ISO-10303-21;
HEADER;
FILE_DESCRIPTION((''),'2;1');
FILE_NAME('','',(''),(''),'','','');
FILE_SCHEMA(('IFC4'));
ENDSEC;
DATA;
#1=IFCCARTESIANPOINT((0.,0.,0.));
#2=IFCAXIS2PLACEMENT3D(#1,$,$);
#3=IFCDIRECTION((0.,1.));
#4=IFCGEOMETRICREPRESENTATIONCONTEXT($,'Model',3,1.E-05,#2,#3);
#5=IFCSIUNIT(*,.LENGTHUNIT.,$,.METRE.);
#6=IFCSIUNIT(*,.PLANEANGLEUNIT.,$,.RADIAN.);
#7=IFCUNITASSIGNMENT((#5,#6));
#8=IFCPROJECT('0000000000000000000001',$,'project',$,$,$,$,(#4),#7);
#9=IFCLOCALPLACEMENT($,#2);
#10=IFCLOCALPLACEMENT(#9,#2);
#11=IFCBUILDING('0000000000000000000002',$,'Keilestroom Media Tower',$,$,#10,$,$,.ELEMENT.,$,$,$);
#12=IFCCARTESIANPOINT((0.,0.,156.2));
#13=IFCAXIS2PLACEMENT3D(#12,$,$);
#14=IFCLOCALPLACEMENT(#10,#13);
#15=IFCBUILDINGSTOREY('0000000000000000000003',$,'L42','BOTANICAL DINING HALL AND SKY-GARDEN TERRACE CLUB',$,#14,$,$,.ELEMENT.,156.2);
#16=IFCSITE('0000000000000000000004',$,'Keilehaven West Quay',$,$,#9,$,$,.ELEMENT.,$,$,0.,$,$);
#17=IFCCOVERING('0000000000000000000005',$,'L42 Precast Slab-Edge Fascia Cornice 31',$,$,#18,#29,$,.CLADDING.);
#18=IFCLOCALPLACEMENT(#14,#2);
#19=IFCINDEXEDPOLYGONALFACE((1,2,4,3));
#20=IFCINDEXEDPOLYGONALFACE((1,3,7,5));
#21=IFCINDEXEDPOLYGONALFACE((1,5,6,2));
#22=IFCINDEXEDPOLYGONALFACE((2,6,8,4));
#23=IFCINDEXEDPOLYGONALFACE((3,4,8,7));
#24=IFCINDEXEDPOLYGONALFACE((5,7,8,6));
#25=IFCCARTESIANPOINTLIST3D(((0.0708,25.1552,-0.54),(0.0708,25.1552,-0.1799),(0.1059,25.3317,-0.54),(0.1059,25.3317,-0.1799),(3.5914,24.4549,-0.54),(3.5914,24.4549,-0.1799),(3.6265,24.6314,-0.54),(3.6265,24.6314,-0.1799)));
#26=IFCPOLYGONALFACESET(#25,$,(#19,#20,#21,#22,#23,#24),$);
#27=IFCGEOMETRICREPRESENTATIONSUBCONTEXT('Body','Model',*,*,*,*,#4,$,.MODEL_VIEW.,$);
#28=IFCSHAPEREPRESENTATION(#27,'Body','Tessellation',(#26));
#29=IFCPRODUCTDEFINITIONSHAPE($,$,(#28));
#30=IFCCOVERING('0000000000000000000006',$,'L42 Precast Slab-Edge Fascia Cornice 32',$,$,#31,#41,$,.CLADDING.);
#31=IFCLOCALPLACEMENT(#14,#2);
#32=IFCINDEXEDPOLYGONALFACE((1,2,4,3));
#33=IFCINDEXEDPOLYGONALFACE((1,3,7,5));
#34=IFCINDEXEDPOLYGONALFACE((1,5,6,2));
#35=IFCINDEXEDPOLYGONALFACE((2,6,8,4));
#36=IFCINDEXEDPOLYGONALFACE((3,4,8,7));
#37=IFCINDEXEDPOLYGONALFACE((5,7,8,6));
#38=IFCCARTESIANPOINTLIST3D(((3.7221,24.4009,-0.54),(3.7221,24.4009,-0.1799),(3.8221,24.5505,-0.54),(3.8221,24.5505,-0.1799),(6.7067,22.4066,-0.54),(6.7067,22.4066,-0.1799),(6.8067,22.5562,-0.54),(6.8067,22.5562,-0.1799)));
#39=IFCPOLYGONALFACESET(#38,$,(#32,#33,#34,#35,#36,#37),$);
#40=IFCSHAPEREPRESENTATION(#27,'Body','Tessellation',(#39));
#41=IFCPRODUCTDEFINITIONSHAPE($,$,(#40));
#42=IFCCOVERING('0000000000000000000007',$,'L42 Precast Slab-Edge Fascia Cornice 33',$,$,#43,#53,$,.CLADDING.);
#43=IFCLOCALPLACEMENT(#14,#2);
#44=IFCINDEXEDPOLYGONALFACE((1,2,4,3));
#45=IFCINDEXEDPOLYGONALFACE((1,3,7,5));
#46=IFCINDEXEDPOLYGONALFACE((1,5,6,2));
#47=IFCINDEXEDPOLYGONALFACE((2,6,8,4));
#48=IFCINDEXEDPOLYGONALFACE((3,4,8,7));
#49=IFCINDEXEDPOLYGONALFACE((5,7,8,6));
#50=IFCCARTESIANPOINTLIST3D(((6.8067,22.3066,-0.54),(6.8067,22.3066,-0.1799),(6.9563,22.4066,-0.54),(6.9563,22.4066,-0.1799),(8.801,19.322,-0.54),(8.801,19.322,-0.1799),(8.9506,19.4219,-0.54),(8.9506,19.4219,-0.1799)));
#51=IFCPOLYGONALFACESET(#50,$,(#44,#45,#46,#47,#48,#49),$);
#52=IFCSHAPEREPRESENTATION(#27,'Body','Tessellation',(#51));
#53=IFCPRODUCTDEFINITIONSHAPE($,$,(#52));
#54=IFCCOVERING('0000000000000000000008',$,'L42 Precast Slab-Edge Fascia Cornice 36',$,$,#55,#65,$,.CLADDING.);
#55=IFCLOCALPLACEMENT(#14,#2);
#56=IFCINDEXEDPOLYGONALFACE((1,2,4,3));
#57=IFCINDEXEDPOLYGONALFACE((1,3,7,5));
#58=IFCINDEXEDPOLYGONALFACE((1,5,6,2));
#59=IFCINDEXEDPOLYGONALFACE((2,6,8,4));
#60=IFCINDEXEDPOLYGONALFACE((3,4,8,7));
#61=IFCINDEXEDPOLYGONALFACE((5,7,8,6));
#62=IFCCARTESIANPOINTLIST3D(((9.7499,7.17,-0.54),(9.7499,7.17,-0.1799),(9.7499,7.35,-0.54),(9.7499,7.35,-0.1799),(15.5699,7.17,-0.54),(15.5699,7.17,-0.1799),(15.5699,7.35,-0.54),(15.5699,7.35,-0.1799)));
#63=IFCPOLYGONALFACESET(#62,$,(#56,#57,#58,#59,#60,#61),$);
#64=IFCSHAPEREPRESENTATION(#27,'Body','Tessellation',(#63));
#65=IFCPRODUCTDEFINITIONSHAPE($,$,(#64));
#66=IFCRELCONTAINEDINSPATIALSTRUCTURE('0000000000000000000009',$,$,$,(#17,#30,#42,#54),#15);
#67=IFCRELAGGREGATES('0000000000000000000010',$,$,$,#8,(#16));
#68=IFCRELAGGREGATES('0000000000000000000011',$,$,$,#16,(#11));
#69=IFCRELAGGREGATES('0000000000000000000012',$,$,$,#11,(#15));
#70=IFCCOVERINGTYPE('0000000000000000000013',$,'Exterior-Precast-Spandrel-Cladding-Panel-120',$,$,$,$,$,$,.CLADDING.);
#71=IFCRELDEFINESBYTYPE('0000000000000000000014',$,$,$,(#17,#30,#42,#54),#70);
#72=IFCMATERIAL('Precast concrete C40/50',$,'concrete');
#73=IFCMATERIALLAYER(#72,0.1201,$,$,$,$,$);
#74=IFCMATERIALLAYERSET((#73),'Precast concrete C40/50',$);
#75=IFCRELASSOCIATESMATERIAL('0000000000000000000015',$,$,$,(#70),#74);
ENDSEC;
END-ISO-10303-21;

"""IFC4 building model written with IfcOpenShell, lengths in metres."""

from ifc_helpers import new_model, si_unit, direction, frame, origin, origin_2d, place, context, subcontext, project, spatial, rectangle, extrude, source, transform, mapped, material, layer, layer_set, type_object, element, save


model = new_model("IFC4")

# Units and contexts
model_context = context("Model", 3, precision=1e-05, world=origin(), true_north=direction((0.0, 1.0)))
body_context = subcontext(model_context, "Body", "Model", "MODEL_VIEW")
ifc_project = project(units=[si_unit("LENGTHUNIT", "METRE"), si_unit("PLANEANGLEUNIT", "RADIAN")], contexts=[model_context])

# Site, building, storey
site_placement = place(None, origin())
site = spatial("IfcSite", under=ifc_project, at=site_placement, Name="Keilehaven West Quay", CompositionType="ELEMENT", RefElevation=0.0)
building_placement = place(site_placement, origin())
building = spatial("IfcBuilding", under=site, at=building_placement, Name="Keilestroom Media Tower", CompositionType="ELEMENT")
storey_placement = place(building_placement, frame((0.0, 0.0, 156.2)))
storey = spatial("IfcBuildingStorey", under=building, at=storey_placement, Name="L42", Description="BOTANICAL DINING HALL AND SKY-GARDEN TERRACE CLUB", CompositionType="ELEMENT", Elevation=156.2)

# Shared definitions
ifc_material_1 = material(Name="Precast concrete C40/50", Category="concrete")

# Coverings
ifc_layer_1 = layer(ifc_material_1, 0.1201)
ifc_layer_set_1 = layer_set([ifc_layer_1], Name="Precast concrete C40/50")
covering_type = type_object("IfcCoveringType", Name="Exterior-Precast-Spandrel-Cladding-Panel-120", PredefinedType="CLADDING", material=ifc_layer_set_1)
shared_shape_1 = source(origin(), body_context, "Body", "SweptSolid", [
    extrude(rectangle(XDim=3.5896, YDim=0.1799, at=origin_2d()), origin(), (0.0, 0.0, 1.0), 0.3601),
])
for number, where, z_axis, x_axis, name in (
    (1, (1.8486, 24.8933, -0.54), (0.0, 0.0, 1.0), (0.980784, -0.195099, 0.0), "L42 Precast Slab-Edge Fascia Cornice 31"),
    (2, (5.2644, 23.4785, -0.54), (0.0, 0.0, 1.0), (0.831467, -0.555575, 0.0), "L42 Precast Slab-Edge Fascia Cornice 32"),
    (3, (7.8787, 20.8643, -0.54), (0.0, 0.0, 1.0), (0.555575, -0.831467, 0.0), "L42 Precast Slab-Edge Fascia Cornice 33"),
):
    element("IfcCovering", number, at=place(storey_placement, frame(where, z_axis=z_axis, x_axis=x_axis)), inside=storey, type_object=covering_type, Name=name, PredefinedType="CLADDING", context=body_context, shape_type="MappedRepresentation", body=[
        mapped(shared_shape_1, transform((0.0, 0.0, 0.0), x_axis=(1.0, 0.0, 0.0), y_axis=(0.0, 1.0, 0.0), z_axis=(0.0, 0.0, 1.0), scale=1.0)),
    ])
shared_shape_2 = source(origin(), body_context, "Body", "SweptSolid", [
    extrude(rectangle(XDim=5.8201, YDim=0.1799, at=origin_2d()), origin(), (0.0, 0.0, 1.0), 0.3601),
])
covering_1_placement = place(storey_placement, frame((12.6599, 7.26, -0.54), z_axis=(0.0, 0.0, 1.0), x_axis=(1.0, 0.0, 0.0)))
element("IfcCovering", 4, at=covering_1_placement, inside=storey, type_object=covering_type, Name="L42 Precast Slab-Edge Fascia Cornice 36", PredefinedType="CLADDING", context=body_context, shape_type="MappedRepresentation", body=[
    mapped(shared_shape_2, transform((0.0, 0.0, 0.0), x_axis=(1.0, 0.0, 0.0), y_axis=(0.0, 1.0, 0.0), z_axis=(0.0, 0.0, 1.0), scale=1.0)),
])

save(model, "model.ifc")
